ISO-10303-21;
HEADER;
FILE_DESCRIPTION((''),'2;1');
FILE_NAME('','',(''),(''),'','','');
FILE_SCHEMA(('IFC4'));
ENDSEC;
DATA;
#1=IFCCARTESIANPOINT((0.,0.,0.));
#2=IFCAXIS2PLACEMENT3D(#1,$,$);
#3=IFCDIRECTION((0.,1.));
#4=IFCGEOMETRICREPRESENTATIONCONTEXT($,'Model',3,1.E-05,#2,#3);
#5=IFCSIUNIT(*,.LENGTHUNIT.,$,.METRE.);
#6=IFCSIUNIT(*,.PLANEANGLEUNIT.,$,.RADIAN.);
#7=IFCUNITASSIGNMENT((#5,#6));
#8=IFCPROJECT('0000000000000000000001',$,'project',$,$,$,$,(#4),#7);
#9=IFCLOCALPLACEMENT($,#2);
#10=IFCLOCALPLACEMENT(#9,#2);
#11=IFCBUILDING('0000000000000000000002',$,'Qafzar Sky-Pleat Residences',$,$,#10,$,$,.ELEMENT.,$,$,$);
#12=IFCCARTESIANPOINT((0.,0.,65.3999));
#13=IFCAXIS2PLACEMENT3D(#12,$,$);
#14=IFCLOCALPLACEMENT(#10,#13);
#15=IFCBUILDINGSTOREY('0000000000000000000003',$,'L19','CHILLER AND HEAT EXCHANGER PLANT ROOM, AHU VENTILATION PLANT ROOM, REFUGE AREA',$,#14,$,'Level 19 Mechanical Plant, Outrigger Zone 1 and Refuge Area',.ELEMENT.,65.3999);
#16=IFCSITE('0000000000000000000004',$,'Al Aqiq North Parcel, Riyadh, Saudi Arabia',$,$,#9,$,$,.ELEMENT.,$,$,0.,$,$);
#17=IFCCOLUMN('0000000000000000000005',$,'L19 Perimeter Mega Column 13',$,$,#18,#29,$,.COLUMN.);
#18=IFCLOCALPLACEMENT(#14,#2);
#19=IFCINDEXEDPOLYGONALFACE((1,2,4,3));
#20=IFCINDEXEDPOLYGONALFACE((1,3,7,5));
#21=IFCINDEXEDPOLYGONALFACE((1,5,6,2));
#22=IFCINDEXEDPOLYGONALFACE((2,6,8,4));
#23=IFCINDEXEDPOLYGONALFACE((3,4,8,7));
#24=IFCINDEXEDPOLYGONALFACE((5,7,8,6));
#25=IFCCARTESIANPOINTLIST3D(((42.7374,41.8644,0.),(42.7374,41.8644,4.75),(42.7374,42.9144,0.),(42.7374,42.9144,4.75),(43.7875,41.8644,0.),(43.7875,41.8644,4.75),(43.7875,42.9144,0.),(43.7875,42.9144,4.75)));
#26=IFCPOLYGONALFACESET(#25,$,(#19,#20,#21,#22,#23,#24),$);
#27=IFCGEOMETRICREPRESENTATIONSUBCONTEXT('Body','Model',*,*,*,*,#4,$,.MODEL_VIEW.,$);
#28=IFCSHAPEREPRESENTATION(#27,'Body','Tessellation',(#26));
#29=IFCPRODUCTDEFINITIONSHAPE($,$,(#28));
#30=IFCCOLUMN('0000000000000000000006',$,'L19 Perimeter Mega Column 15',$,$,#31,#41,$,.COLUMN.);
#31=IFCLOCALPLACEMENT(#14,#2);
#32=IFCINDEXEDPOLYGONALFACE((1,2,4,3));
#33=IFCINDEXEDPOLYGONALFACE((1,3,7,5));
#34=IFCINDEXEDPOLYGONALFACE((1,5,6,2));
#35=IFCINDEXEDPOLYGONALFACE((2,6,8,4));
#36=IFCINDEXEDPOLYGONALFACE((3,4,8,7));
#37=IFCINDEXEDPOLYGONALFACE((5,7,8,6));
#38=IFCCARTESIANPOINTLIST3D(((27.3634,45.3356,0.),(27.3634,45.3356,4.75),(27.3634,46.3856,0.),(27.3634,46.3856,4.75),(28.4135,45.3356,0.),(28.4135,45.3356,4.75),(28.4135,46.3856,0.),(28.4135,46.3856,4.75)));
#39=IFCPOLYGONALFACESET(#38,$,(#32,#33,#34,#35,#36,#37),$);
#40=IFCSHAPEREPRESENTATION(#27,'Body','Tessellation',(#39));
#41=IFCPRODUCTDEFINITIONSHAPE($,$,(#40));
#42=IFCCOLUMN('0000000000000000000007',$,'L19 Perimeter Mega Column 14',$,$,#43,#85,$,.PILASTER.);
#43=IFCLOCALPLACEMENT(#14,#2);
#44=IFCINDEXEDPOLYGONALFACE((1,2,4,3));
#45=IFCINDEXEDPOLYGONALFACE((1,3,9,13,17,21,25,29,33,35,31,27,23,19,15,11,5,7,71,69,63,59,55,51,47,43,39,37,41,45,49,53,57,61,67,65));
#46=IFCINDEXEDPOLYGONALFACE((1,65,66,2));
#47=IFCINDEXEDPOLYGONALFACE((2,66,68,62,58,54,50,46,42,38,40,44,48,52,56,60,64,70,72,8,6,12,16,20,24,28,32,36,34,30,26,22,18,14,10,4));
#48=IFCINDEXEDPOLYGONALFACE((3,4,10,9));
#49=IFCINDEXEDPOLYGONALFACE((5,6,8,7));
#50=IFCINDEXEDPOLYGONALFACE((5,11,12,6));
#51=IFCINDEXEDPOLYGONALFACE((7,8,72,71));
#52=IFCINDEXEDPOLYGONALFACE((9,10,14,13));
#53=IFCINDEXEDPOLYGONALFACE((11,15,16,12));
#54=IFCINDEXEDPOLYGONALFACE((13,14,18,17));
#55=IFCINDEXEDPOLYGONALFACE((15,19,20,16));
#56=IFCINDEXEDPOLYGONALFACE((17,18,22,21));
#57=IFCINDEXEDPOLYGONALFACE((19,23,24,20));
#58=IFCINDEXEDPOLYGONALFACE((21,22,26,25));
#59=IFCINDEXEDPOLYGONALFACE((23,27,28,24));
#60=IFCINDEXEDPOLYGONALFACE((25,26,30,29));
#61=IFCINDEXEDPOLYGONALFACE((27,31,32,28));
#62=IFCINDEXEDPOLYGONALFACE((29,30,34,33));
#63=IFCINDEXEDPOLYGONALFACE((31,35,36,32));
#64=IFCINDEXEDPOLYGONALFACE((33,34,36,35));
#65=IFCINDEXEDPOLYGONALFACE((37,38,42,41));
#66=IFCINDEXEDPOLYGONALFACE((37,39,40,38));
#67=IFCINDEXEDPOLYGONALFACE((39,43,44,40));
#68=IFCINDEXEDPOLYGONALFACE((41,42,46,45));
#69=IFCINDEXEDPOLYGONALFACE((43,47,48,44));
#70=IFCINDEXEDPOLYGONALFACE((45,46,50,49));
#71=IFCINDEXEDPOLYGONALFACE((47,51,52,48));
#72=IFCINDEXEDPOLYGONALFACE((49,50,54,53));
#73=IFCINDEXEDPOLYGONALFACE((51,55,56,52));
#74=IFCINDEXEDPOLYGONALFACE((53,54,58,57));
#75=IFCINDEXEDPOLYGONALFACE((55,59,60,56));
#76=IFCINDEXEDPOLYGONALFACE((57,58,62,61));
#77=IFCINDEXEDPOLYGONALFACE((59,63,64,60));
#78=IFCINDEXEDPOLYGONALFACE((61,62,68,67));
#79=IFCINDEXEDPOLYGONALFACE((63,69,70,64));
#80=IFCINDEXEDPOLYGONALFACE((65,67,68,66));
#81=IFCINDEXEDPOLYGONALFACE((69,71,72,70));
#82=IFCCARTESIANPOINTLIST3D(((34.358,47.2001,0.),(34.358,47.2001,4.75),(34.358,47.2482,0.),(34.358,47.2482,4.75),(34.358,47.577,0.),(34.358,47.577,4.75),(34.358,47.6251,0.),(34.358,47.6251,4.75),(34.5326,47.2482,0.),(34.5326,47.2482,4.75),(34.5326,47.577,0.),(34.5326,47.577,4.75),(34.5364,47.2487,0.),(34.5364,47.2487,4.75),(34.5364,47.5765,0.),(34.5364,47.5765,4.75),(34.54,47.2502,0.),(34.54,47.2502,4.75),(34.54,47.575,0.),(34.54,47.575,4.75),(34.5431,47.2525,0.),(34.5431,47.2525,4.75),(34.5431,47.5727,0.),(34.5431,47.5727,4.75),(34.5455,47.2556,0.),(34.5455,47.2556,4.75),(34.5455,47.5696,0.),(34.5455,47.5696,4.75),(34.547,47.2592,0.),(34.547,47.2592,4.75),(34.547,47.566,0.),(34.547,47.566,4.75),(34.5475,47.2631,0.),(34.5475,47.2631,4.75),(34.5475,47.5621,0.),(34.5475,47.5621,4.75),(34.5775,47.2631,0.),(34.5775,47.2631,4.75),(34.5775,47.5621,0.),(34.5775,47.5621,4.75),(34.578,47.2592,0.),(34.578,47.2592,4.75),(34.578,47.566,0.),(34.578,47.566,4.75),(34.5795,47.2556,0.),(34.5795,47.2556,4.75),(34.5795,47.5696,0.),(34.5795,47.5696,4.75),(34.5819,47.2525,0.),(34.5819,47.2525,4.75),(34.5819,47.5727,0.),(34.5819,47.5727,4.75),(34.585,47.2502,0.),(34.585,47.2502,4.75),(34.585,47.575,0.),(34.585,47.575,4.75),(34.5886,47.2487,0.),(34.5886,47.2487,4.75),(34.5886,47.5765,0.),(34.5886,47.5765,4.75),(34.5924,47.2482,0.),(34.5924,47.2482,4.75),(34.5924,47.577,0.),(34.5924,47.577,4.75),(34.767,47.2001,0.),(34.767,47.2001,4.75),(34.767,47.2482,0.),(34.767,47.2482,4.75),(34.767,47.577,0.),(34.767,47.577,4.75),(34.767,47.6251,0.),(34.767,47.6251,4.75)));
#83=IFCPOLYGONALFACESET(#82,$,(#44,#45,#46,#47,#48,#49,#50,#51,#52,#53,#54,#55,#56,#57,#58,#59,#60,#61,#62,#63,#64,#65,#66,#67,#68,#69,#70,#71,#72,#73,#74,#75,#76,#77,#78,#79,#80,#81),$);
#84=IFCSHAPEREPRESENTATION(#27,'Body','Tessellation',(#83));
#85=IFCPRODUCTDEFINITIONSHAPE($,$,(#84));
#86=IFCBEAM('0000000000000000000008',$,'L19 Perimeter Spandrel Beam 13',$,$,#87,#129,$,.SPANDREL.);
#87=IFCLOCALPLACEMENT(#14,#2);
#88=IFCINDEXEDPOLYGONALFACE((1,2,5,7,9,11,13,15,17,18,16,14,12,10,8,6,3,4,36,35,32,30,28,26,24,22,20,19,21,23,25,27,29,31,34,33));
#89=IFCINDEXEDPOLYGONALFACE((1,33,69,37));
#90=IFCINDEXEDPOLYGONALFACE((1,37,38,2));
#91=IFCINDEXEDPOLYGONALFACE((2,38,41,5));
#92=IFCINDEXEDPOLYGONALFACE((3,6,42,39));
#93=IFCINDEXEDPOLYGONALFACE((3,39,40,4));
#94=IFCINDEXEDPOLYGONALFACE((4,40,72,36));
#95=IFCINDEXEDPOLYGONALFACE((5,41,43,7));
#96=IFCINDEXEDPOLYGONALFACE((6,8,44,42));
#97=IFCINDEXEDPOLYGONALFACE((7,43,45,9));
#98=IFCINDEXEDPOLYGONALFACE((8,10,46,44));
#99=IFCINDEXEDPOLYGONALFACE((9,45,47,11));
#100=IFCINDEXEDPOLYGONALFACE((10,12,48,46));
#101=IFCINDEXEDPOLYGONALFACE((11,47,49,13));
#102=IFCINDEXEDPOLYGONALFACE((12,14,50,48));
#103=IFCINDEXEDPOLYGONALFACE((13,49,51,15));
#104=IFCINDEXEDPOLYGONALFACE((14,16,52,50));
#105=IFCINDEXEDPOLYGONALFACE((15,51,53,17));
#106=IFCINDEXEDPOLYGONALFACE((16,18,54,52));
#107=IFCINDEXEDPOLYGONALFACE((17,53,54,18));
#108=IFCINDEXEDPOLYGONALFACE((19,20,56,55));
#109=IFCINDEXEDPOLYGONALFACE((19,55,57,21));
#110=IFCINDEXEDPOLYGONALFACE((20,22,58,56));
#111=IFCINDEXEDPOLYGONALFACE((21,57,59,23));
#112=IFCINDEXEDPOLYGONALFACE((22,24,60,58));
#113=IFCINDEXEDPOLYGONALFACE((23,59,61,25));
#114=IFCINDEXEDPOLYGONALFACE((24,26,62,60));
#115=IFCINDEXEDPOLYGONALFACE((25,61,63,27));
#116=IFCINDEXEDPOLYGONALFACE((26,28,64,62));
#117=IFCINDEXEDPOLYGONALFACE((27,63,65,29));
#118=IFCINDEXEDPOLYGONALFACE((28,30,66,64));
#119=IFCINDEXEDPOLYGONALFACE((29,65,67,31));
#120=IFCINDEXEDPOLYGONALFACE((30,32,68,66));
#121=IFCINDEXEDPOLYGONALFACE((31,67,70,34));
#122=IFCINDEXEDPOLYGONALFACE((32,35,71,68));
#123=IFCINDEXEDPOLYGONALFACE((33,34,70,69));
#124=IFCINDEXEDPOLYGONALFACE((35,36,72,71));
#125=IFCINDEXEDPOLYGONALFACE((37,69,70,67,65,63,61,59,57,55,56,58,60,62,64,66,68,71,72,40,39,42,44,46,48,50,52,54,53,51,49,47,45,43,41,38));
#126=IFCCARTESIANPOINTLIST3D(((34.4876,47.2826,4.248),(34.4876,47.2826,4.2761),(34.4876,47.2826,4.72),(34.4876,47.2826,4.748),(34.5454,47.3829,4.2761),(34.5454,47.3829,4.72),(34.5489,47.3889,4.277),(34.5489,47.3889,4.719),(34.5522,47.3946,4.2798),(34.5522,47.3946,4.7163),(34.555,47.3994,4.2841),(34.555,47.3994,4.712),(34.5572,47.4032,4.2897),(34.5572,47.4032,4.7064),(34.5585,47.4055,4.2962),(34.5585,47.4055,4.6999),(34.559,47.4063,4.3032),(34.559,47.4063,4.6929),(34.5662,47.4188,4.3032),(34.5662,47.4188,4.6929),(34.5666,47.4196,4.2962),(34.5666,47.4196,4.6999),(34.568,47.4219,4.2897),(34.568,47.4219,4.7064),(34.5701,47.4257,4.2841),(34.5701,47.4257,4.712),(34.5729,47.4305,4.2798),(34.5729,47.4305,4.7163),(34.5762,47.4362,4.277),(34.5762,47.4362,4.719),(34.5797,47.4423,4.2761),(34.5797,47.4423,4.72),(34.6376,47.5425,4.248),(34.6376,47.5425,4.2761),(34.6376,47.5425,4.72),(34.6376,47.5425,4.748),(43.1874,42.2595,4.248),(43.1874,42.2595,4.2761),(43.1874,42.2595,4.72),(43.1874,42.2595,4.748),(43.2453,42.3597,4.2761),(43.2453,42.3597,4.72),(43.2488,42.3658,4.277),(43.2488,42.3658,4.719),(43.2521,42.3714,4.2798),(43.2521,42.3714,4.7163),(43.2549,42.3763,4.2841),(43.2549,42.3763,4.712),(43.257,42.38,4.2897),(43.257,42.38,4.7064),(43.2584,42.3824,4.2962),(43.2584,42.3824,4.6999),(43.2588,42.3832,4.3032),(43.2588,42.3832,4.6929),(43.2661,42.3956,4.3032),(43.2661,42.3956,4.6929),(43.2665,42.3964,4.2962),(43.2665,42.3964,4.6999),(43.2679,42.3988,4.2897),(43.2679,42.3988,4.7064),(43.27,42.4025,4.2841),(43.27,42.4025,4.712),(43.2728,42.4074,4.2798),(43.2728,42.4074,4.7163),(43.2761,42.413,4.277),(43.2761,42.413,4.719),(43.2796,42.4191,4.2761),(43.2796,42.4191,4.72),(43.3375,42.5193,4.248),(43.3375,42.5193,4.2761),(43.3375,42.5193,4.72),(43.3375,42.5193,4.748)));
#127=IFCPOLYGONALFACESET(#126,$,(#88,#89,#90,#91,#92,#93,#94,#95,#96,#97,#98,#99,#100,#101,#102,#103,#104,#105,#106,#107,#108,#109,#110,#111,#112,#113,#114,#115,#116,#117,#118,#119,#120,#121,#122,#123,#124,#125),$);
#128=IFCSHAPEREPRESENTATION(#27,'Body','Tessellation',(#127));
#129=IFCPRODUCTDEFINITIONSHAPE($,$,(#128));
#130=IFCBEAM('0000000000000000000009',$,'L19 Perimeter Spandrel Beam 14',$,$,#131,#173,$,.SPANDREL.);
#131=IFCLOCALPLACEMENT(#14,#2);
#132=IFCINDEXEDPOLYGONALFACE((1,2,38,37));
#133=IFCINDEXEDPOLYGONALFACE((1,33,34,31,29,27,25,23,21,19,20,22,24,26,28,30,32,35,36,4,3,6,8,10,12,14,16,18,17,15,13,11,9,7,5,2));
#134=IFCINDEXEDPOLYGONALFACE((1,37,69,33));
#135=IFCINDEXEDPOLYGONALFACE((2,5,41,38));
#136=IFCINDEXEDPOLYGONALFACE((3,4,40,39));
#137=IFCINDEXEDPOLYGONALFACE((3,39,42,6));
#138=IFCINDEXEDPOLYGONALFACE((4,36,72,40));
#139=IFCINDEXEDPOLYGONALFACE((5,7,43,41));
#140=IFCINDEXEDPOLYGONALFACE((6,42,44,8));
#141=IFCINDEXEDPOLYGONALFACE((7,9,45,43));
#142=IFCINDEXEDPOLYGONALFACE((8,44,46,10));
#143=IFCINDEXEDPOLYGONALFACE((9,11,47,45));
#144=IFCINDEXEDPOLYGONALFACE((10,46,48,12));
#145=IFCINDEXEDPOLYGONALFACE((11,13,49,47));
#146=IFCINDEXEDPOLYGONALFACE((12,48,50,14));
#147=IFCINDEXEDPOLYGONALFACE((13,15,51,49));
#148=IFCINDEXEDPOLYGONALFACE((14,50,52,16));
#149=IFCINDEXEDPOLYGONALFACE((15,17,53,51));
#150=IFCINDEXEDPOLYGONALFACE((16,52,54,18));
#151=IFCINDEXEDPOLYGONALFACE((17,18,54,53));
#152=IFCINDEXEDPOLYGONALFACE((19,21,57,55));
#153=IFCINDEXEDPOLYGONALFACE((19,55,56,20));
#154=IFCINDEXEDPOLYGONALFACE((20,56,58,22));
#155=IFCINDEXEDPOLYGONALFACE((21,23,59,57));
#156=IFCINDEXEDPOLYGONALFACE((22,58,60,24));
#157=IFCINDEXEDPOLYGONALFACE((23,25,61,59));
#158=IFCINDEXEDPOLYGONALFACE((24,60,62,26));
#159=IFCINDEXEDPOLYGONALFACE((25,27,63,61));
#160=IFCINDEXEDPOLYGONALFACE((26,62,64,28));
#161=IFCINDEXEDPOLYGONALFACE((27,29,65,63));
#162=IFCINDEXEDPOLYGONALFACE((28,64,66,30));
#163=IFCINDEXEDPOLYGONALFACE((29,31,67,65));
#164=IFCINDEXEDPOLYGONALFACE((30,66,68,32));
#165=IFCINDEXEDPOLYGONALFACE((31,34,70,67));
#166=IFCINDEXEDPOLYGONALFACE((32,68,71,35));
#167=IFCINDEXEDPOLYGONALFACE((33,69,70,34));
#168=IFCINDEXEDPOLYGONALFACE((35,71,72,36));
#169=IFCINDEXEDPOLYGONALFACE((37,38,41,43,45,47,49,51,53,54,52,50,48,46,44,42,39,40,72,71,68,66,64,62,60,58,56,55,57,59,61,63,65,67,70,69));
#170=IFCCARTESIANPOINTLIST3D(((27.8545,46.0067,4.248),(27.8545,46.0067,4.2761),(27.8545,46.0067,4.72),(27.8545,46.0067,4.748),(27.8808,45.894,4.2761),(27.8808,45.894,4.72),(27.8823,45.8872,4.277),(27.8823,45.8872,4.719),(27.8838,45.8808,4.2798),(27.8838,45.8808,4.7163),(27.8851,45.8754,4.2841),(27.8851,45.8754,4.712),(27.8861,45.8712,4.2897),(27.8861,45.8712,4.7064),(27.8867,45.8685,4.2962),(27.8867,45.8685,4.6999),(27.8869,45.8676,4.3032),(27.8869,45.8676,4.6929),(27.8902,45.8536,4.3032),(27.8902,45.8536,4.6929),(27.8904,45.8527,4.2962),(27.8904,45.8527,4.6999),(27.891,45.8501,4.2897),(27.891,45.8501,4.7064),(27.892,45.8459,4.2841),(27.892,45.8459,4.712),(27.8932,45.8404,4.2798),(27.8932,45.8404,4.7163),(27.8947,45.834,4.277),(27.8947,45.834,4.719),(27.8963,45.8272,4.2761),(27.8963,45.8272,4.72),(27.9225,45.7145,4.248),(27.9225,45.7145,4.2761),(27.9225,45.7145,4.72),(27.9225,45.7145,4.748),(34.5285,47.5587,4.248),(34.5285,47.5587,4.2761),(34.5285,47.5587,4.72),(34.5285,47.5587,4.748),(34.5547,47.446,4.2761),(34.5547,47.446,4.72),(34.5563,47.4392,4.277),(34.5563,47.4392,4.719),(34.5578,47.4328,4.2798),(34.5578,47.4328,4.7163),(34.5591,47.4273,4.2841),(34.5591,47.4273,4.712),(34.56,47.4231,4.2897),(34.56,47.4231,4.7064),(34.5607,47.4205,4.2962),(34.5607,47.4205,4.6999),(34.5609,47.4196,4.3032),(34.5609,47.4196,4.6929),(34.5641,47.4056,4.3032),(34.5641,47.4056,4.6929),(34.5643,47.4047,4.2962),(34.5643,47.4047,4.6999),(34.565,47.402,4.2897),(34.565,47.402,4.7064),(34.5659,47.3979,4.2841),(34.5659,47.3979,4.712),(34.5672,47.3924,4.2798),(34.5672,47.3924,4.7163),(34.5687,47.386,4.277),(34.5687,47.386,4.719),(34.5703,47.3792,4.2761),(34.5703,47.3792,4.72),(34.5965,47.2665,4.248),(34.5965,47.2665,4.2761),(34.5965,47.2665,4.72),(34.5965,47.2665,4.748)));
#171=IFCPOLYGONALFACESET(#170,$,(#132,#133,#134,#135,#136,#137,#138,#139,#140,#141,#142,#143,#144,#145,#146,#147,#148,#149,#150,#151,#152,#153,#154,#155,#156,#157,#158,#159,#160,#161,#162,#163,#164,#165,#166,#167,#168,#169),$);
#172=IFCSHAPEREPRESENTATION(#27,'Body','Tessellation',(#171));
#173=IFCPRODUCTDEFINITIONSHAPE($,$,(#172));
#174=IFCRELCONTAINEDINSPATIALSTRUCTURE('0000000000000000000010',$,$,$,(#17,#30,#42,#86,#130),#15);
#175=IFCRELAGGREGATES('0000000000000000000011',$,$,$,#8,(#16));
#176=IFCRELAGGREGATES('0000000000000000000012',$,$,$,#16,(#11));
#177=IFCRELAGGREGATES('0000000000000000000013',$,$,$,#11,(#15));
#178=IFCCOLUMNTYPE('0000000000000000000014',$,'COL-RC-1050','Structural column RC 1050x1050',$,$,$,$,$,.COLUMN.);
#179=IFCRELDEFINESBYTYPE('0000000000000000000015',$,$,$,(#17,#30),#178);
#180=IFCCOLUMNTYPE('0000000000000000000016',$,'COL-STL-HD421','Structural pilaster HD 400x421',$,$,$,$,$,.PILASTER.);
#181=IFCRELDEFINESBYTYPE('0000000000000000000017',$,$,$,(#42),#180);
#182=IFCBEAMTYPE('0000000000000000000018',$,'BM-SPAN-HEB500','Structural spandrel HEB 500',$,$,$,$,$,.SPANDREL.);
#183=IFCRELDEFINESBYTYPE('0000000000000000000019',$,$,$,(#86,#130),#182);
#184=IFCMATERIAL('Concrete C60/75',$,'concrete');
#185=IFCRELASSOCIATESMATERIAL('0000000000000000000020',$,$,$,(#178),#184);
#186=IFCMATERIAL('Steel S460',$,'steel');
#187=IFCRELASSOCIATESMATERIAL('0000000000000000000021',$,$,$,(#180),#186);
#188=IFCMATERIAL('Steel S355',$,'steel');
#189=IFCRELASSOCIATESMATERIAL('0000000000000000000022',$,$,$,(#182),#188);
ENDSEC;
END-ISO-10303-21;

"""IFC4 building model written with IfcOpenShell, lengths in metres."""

from ifc_helpers import new_model, si_unit, direction, frame, origin, origin_2d, place, context, subcontext, project, spatial, rectangle, i_section, extrude, source, transform, mapped, material, material_profile, profile_set, type_object, element, save


model = new_model("IFC4")

# Units and contexts
model_context = context("Model", 3, precision=1e-05, world=origin(), true_north=direction((0.0, 1.0)))
body_context = subcontext(model_context, "Body", "Model", "MODEL_VIEW")
ifc_project = project(units=[si_unit("LENGTHUNIT", "METRE"), si_unit("PLANEANGLEUNIT", "RADIAN")], contexts=[model_context])

# Site, building, storey
site_placement = place(None, origin())
site = spatial("IfcSite", under=ifc_project, at=site_placement, Name="Al Aqiq North Parcel, Riyadh, Saudi Arabia", CompositionType="ELEMENT", RefElevation=0.0)
building_placement = place(site_placement, origin())
building = spatial("IfcBuilding", under=site, at=building_placement, Name="Qafzar Sky-Pleat Residences", CompositionType="ELEMENT")
storey_placement = place(building_placement, frame((0.0, 0.0, 65.3999)))
storey = spatial("IfcBuildingStorey", under=building, at=storey_placement, Name="L19", Description="CHILLER AND HEAT EXCHANGER PLANT ROOM, AHU VENTILATION PLANT ROOM, REFUGE AREA", LongName="Level 19 Mechanical Plant, Outrigger Zone 1 and Refuge Area", CompositionType="ELEMENT", Elevation=65.3999)

# Columns
ifc_material_1 = material(Name="Concrete C60/75", Category="concrete")
ifc_material_profile_1 = material_profile(ifc_material_1, rectangle(XDim=1.05, YDim=1.05, at=origin_2d()), Name="RC 1050x1050")
ifc_profile_set_1 = profile_set([ifc_material_profile_1], Name="Concrete C60/75")
column_type_1 = type_object("IfcColumnType", Name="COL-RC-1050", Description="Structural column RC 1050x1050", PredefinedType="COLUMN", material=ifc_profile_set_1)
shared_shape_1 = source(origin(), body_context, "Body", "SweptSolid", [
    extrude(rectangle(XDim=1.05, YDim=1.05, at=origin_2d()), origin(), (0.0, 0.0, 1.0), 4.75),
])
for number, where, z_axis, x_axis, name in (
    (1, (43.2625, 42.3894, 0.0), (0.0, 0.0, 1.0), (1.0, 0.0, 0.0), "L19 Perimeter Mega Column 13"),
    (2, (27.8884, 45.8606, 0.0), (0.0, 0.0, 1.0), (1.0, 0.0, 0.0), "L19 Perimeter Mega Column 15"),
):
    element("IfcColumn", number, at=place(storey_placement, frame(where, z_axis=z_axis, x_axis=x_axis)), inside=storey, type_object=column_type_1, Name=name, PredefinedType="COLUMN", context=body_context, shape_type="MappedRepresentation", body=[
        mapped(shared_shape_1, transform((0.0, 0.0, 0.0), x_axis=(1.0, 0.0, 0.0), y_axis=(0.0, 1.0, 0.0), z_axis=(0.0, 0.0, 1.0), scale=1.0)),
    ])
ifc_material_2 = material(Name="Steel S460", Category="steel")
ifc_material_profile_2 = material_profile(ifc_material_2, i_section(OverallWidth=0.4089, OverallDepth=0.425, WebThickness=0.03, FlangeThickness=0.0481, FilletRadius=0.0149, at=origin_2d()), Name="HD 400x421")
ifc_profile_set_2 = profile_set([ifc_material_profile_2], Name="Steel S460")
column_type_2 = type_object("IfcColumnType", Name="COL-STL-HD421", Description="Structural pilaster HD 400x421", PredefinedType="PILASTER", material=ifc_profile_set_2)
shared_shape_2 = source(origin(), body_context, "Body", "SweptSolid", [
    extrude(i_section(OverallWidth=0.4089, OverallDepth=0.425, WebThickness=0.03, FlangeThickness=0.0481, FilletRadius=0.0149, at=origin_2d()), origin(), (0.0, 0.0, 1.0), 4.75),
])
column_placement = place(storey_placement, frame((34.5625, 47.4126, 0.0), z_axis=(0.0, 0.0, 1.0), x_axis=(1.0, 0.0, 0.0)))
element("IfcColumn", 3, at=column_placement, inside=storey, type_object=column_type_2, Name="L19 Perimeter Mega Column 14", PredefinedType="PILASTER", context=body_context, shape_type="MappedRepresentation", body=[
    mapped(shared_shape_2, transform((0.0, 0.0, 0.0), x_axis=(1.0, 0.0, 0.0), y_axis=(0.0, 1.0, 0.0), z_axis=(0.0, 0.0, 1.0), scale=1.0)),
])

# Beams
ifc_material_3 = material(Name="Steel S355", Category="steel")
ifc_material_profile_3 = material_profile(ifc_material_3, i_section(OverallWidth=0.3, OverallDepth=0.5, WebThickness=0.0144, FlangeThickness=0.0281, FilletRadius=0.0271, at=origin_2d()), Name="HEB 500")
ifc_profile_set_3 = profile_set([ifc_material_profile_3], Name="Steel S355")
beam_type_1 = type_object("IfcBeamType", Name="BM-SPAN-HEB500", Description="Structural spandrel HEB 500", PredefinedType="SPANDREL", material=ifc_profile_set_3)
shared_shape_3 = source(origin(), body_context, "Body", "SweptSolid", [
    extrude(i_section(OverallWidth=0.3, OverallDepth=0.5, WebThickness=0.0144, FlangeThickness=0.0281, FilletRadius=0.0271, at=origin_2d()), origin(), (0.0, 0.0, 1.0), 10.0459),
])
beam_1_placement = place(storey_placement, frame((43.2625, 42.3894, 4.498), z_axis=(-0.866014, 0.50002, 0.0), x_axis=(-0.50002, -0.866014, 0.0)))
element("IfcBeam", 4, at=beam_1_placement, inside=storey, type_object=beam_type_1, Name="L19 Perimeter Spandrel Beam 13", PredefinedType="SPANDREL", context=body_context, shape_type="MappedRepresentation", body=[
    mapped(shared_shape_3, transform((0.0, 0.0, 0.0), x_axis=(1.0, 0.0, 0.0), y_axis=(0.0, 1.0, 0.0), z_axis=(0.0, 0.0, 1.0), scale=1.0)),
])
shared_shape_4 = source(origin(), body_context, "Body", "SweptSolid", [
    extrude(i_section(OverallWidth=0.3, OverallDepth=0.5, WebThickness=0.0144, FlangeThickness=0.0281, FilletRadius=0.0271, at=origin_2d()), origin(), (0.0, 0.0, 1.0), 6.8521),
])
beam_2_placement = place(storey_placement, frame((34.5625, 47.4126, 4.498), z_axis=(-0.974012, -0.226499, 0.0), x_axis=(0.226499, -0.974012, 0.0)))
element("IfcBeam", 5, at=beam_2_placement, inside=storey, type_object=beam_type_1, Name="L19 Perimeter Spandrel Beam 14", PredefinedType="SPANDREL", context=body_context, shape_type="MappedRepresentation", body=[
    mapped(shared_shape_4, transform((0.0, 0.0, 0.0), x_axis=(1.0, 0.0, 0.0), y_axis=(0.0, 1.0, 0.0), z_axis=(0.0, 0.0, 1.0), scale=1.0)),
])

save(model, "model.ifc")
